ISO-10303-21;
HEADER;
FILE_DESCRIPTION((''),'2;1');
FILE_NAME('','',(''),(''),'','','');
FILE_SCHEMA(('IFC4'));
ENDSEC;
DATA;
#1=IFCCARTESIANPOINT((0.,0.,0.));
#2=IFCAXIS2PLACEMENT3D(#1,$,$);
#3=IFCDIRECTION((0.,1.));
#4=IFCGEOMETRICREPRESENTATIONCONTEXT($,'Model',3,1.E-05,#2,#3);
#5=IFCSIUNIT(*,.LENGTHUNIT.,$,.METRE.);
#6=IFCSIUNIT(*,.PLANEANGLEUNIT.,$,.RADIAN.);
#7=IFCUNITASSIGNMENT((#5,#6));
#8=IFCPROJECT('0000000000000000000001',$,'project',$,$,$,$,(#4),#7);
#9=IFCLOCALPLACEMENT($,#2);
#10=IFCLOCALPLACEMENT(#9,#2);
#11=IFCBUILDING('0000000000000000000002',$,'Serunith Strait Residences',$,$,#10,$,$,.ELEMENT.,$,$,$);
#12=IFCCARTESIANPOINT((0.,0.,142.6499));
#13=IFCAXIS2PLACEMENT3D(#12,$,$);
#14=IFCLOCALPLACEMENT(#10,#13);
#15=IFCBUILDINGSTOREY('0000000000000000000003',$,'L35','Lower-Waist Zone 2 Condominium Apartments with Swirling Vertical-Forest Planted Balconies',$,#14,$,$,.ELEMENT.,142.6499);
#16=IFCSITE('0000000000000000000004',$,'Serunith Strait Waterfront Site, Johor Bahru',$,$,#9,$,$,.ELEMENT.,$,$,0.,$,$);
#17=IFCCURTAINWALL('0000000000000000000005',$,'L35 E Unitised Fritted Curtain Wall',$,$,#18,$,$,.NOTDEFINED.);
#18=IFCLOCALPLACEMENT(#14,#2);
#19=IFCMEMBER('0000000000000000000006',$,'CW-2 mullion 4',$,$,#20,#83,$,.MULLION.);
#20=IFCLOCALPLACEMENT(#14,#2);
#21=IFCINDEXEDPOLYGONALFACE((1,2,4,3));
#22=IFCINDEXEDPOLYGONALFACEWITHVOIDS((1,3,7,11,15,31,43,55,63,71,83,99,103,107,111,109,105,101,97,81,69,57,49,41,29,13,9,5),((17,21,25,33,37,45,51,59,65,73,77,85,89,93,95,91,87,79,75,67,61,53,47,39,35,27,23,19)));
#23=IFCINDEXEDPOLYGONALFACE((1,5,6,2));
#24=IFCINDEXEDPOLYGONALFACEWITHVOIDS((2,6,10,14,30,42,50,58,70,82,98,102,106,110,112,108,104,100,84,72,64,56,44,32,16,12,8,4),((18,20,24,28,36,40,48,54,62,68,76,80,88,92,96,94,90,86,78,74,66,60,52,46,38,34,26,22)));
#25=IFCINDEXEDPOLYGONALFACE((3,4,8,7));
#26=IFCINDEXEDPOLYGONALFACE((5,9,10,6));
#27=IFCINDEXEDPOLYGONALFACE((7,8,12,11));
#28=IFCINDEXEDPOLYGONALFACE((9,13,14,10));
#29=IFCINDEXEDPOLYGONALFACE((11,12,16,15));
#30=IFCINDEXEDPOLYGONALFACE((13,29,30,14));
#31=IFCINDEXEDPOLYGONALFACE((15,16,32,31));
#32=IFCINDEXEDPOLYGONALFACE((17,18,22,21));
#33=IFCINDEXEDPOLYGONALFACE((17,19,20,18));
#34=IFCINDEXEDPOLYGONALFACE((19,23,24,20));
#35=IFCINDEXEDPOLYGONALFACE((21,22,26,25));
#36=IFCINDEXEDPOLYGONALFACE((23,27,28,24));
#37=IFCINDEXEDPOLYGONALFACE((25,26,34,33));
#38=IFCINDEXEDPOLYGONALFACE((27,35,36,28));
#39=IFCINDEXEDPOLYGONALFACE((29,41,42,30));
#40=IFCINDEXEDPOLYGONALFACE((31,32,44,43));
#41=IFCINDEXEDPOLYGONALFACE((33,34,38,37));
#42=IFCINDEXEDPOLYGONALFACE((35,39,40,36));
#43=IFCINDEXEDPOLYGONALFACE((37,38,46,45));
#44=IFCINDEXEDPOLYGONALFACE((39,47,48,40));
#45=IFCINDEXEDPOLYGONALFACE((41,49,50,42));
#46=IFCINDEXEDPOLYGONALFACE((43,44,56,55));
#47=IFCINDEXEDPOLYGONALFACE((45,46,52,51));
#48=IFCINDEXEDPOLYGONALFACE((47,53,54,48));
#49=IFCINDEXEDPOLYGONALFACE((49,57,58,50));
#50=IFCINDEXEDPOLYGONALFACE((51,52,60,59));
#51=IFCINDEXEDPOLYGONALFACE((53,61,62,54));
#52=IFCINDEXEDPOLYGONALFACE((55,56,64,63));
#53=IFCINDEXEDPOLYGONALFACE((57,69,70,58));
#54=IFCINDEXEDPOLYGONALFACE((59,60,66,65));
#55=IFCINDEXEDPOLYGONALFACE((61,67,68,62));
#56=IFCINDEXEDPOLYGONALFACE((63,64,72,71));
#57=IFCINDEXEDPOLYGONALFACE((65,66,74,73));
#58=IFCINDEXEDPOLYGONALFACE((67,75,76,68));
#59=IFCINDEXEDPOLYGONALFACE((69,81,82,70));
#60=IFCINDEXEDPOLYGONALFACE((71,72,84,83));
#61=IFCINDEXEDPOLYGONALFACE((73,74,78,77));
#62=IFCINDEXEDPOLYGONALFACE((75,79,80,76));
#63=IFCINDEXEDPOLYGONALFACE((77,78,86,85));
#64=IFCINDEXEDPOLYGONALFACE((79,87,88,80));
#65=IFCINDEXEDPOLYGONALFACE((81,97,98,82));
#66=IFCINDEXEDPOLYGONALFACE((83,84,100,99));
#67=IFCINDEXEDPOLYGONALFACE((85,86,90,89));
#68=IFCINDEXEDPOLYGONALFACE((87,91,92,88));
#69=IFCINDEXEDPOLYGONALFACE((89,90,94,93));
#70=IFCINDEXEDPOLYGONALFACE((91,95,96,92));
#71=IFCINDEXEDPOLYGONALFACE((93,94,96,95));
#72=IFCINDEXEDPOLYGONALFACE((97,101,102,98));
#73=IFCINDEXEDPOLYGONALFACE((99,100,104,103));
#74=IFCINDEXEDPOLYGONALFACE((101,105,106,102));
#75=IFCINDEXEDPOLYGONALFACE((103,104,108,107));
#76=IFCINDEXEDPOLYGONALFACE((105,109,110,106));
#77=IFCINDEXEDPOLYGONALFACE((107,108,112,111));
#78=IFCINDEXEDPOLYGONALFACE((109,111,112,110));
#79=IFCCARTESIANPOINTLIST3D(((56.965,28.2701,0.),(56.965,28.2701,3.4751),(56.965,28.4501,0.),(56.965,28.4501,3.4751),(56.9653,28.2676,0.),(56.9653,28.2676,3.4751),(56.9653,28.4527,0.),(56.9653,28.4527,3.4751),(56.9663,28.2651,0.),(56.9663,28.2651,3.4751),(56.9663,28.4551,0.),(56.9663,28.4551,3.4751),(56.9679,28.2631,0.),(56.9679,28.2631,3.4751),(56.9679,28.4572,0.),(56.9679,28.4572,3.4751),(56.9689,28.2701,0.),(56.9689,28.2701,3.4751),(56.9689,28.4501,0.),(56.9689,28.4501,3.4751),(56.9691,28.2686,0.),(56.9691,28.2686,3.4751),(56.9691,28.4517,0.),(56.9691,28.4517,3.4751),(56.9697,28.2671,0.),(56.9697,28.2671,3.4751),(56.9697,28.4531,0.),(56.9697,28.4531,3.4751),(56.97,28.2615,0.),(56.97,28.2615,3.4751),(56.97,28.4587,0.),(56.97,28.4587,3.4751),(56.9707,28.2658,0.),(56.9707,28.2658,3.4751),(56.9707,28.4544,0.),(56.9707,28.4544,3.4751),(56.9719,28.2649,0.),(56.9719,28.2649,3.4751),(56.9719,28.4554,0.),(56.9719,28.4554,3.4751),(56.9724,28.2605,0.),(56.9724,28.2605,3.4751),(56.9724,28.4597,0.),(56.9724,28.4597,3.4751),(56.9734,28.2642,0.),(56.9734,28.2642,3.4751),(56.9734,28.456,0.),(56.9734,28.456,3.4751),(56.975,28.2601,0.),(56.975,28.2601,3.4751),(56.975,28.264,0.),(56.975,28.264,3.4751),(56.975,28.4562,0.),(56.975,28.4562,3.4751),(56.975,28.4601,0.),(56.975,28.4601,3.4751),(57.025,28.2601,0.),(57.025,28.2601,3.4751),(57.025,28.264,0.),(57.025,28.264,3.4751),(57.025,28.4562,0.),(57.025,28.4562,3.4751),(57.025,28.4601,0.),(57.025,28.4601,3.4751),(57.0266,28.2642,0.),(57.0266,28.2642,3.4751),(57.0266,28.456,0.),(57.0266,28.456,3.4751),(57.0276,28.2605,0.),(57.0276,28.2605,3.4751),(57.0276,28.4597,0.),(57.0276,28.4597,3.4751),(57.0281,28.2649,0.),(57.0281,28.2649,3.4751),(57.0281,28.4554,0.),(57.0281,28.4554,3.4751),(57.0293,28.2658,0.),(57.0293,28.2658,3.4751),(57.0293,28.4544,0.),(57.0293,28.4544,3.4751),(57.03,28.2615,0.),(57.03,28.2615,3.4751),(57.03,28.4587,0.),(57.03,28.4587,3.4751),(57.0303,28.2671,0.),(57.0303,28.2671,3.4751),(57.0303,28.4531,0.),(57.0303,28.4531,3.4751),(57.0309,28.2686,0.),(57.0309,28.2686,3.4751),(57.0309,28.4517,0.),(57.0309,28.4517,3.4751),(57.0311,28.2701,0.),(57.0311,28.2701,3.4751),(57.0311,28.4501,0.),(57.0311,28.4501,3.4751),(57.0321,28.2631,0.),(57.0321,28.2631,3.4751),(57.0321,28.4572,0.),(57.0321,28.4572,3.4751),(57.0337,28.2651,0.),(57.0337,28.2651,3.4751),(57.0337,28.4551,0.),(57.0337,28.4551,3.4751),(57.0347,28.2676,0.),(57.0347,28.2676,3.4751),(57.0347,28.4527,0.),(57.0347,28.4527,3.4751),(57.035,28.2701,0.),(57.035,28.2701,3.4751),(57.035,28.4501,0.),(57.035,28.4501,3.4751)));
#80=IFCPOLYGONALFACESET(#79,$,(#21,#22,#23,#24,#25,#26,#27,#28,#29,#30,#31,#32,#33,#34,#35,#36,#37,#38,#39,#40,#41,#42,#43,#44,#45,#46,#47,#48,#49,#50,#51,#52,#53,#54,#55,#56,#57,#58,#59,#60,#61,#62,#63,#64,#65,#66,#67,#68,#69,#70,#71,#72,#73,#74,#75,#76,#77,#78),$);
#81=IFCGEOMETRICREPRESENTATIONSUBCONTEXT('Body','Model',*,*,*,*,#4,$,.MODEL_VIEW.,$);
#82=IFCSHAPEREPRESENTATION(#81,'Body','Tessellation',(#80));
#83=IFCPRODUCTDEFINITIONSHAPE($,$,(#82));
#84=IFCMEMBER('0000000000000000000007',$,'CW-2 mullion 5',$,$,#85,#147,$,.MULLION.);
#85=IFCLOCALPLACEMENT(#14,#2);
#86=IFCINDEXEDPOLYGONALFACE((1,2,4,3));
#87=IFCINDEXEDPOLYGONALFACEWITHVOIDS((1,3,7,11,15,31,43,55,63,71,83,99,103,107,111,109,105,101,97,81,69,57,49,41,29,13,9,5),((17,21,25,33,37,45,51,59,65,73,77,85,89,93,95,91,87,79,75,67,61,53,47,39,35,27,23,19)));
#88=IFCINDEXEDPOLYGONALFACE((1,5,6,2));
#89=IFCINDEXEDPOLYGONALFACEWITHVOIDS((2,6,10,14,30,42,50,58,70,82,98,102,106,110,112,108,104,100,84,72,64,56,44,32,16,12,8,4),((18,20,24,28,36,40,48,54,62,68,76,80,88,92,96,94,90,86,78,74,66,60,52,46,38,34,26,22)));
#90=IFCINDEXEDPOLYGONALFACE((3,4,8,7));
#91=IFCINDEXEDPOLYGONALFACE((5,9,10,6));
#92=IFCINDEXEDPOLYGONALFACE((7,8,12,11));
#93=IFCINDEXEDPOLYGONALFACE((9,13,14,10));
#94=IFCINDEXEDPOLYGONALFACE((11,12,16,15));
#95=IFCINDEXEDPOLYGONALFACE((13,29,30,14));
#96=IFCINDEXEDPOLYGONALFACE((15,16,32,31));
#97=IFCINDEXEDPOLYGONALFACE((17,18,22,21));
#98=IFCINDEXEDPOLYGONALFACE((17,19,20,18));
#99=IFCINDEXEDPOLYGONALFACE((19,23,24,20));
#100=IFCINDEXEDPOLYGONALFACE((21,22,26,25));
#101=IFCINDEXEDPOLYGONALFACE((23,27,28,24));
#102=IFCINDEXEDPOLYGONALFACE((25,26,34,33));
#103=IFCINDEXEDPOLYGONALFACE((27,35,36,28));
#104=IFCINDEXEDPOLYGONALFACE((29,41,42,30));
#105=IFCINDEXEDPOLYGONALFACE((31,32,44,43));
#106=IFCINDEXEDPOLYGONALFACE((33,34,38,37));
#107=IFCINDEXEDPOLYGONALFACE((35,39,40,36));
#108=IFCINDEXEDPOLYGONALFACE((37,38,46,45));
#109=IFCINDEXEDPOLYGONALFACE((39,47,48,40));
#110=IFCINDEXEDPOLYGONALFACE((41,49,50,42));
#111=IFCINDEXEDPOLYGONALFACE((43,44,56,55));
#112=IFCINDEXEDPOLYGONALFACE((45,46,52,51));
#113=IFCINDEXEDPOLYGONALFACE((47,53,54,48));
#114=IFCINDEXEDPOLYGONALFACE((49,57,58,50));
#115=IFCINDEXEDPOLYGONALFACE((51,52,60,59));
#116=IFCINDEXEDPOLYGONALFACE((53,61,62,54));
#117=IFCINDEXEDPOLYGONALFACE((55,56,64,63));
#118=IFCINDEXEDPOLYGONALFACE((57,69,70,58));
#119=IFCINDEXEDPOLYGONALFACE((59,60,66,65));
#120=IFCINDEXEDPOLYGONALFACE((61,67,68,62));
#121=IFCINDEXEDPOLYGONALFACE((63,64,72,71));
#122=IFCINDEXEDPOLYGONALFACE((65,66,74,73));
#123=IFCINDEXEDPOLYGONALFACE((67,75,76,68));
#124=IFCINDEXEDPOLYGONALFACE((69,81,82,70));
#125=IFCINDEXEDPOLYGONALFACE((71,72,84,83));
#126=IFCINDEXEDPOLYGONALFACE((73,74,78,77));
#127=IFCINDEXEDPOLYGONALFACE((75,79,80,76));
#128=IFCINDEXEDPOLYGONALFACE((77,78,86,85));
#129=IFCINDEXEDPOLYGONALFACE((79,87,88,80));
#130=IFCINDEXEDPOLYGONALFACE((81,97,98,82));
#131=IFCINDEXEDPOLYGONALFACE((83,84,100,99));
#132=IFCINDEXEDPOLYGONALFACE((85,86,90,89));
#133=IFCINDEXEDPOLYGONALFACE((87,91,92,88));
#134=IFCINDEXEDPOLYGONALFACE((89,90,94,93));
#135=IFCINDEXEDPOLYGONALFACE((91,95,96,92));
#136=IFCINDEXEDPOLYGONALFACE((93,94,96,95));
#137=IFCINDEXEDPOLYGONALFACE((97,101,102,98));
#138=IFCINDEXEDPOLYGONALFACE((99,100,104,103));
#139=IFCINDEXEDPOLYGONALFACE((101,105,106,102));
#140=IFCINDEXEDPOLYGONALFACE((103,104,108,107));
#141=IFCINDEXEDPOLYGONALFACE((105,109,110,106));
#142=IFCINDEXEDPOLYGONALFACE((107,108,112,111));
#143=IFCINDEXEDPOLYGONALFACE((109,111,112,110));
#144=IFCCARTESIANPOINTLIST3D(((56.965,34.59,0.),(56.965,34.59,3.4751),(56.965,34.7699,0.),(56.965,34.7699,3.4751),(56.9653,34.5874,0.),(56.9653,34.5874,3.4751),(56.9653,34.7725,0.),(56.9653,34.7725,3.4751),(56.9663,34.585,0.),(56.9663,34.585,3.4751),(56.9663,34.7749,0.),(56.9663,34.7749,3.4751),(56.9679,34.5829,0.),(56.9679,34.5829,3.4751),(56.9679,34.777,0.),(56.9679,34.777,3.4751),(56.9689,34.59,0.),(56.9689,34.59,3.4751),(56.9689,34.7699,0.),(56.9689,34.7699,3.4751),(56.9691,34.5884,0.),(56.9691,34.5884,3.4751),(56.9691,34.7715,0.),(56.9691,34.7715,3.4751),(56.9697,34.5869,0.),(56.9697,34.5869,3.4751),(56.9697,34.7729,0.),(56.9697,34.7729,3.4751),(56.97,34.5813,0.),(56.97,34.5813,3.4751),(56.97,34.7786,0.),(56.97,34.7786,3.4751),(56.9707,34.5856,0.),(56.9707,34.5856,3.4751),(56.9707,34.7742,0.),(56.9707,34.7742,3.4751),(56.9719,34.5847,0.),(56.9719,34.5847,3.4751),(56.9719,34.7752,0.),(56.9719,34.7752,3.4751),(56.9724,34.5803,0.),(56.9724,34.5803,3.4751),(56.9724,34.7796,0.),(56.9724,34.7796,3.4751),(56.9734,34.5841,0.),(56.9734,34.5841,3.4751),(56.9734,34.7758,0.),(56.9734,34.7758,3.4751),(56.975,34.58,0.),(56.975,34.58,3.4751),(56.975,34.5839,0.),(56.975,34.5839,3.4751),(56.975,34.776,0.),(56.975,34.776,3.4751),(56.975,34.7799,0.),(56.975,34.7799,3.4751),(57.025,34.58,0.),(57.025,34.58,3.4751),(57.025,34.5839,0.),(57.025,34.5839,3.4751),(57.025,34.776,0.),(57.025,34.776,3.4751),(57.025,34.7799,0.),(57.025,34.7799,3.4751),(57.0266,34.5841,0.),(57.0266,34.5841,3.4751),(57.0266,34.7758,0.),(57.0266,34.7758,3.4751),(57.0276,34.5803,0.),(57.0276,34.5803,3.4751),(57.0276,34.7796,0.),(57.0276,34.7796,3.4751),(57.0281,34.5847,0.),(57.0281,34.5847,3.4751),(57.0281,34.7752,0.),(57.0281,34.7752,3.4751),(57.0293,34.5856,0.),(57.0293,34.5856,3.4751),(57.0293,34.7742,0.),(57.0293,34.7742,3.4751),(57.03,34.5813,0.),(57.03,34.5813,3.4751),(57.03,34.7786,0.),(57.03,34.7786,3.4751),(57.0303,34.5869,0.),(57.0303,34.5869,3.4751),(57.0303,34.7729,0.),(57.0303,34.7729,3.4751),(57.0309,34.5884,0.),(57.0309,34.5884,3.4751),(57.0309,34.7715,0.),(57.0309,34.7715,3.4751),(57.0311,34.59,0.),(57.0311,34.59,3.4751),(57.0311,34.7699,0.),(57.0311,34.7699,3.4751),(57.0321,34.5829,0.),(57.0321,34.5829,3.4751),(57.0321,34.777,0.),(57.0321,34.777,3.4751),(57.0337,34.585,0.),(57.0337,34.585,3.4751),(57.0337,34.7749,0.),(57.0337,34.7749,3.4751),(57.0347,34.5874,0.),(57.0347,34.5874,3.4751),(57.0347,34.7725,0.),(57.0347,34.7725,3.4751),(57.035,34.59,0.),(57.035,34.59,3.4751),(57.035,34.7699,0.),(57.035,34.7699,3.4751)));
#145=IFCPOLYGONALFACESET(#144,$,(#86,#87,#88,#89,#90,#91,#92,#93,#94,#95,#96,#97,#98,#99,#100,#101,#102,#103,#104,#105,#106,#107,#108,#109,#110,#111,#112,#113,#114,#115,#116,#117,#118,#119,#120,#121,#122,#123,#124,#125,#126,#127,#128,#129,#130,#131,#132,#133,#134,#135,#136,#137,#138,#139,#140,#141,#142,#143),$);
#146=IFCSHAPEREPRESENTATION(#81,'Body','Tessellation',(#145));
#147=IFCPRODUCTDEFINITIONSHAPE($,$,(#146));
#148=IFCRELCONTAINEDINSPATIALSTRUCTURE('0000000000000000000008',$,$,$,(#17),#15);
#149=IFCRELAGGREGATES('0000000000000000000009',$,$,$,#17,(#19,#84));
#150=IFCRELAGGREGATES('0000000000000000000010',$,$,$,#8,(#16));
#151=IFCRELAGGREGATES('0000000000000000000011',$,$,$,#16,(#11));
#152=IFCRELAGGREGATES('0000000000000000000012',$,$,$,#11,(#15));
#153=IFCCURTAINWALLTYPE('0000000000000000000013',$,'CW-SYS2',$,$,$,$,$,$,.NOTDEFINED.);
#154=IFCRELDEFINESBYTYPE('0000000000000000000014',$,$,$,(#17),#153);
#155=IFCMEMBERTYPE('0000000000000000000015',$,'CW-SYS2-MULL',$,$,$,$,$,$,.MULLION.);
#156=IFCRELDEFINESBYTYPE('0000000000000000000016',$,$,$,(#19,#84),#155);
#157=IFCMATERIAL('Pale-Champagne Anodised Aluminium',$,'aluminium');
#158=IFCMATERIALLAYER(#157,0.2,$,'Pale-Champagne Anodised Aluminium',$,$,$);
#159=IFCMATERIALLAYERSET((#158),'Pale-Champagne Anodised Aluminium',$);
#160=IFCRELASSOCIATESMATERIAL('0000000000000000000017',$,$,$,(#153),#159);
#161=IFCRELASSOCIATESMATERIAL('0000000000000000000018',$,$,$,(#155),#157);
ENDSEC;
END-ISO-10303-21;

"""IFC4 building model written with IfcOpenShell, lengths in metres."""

from ifc_helpers import new_model, si_unit, direction, frame, origin, origin_2d, place, context, subcontext, project, spatial, hollow_rectangle, extrude, source, transform, mapped, material, layer, layer_set, material_profile, profile_set, type_object, element, aggregate, save


model = new_model("IFC4")

# Units and contexts
model_context = context("Model", 3, precision=1e-05, world=origin(), true_north=direction((0.0, 1.0)))
body_context = subcontext(model_context, "Body", "Model", "MODEL_VIEW")
ifc_project = project(units=[si_unit("LENGTHUNIT", "METRE"), si_unit("PLANEANGLEUNIT", "RADIAN")], contexts=[model_context])

# Site, building, storey
site_placement = place(None, origin())
site = spatial("IfcSite", under=ifc_project, at=site_placement, Name="Serunith Strait Waterfront Site, Johor Bahru", CompositionType="ELEMENT", RefElevation=0.0)
building_placement = place(site_placement, origin())
building = spatial("IfcBuilding", under=site, at=building_placement, Name="Serunith Strait Residences", CompositionType="ELEMENT")
storey_placement = place(building_placement, frame((0.0, 0.0, 142.6499)))
storey = spatial("IfcBuildingStorey", under=building, at=storey_placement, Name="L35", Description="Lower-Waist Zone 2 Condominium Apartments with Swirling Vertical-Forest Planted Balconies", CompositionType="ELEMENT", Elevation=142.6499)

# Curtain wall, members
ifc_material_1 = material(Name="Pale-Champagne Anodised Aluminium", Category="aluminium")
ifc_layer_1 = layer(ifc_material_1, 0.2, Name="Pale-Champagne Anodised Aluminium")
ifc_layer_set_1 = layer_set([ifc_layer_1], Name="Pale-Champagne Anodised Aluminium")
curtain_wall_type = type_object("IfcCurtainWallType", Name="CW-SYS2", PredefinedType="NOTDEFINED", material=ifc_layer_set_1)
curtain_wall_placement = place(storey_placement, origin())
curtain_wall = element("IfcCurtainWall", 1, at=curtain_wall_placement, inside=storey, type_object=curtain_wall_type, Name="L35 E Unitised Fritted Curtain Wall", PredefinedType="NOTDEFINED")
ifc_material_profile_1 = material_profile(ifc_material_1, hollow_rectangle(XDim=0.0701, YDim=0.2, WallThickness=0.0039, InnerFilletRadius=0.0061, OuterFilletRadius=0.01, at=origin_2d()), Name="ALU 200x70x4")
ifc_profile_set_1 = profile_set([ifc_material_profile_1], Name="Pale-Champagne Anodised Aluminium")
member_type_1 = type_object("IfcMemberType", Name="CW-SYS2-MULL", PredefinedType="MULLION", material=ifc_profile_set_1)
shared_shape_1 = source(origin(), body_context, "Body", "SweptSolid", [
    extrude(hollow_rectangle(XDim=0.0701, YDim=0.2, WallThickness=0.0039, InnerFilletRadius=0.0061, OuterFilletRadius=0.01, at=origin_2d()), origin(), (0.0, 0.0, 1.0), 3.4751),
])
member_1_placement = place(storey_placement, frame((57.0, 28.3601, 0.0), z_axis=(0.0, 0.0, 1.0), x_axis=(-1.0, 0.0, 0.0)))
member_1 = element("IfcMember", 2, at=member_1_placement, type_object=member_type_1, Name="CW-2 mullion 4", PredefinedType="MULLION", context=body_context, shape_type="MappedRepresentation", body=[
    mapped(shared_shape_1, transform((0.0, 0.0, 0.0), scale=1.0)),
])
member_2_placement = place(storey_placement, frame((57.0, 34.6799, 0.0), z_axis=(0.0, 0.0, 1.0), x_axis=(-1.0, 0.0, 0.0)))
member_2 = element("IfcMember", 3, at=member_2_placement, type_object=member_type_1, Name="CW-2 mullion 5", PredefinedType="MULLION", context=body_context, shape_type="MappedRepresentation", body=[
    mapped(shared_shape_1, transform((0.0, 0.0, 0.0), scale=1.0)),
])
aggregate(curtain_wall, [member_1, member_2])

save(model, "model.ifc")
